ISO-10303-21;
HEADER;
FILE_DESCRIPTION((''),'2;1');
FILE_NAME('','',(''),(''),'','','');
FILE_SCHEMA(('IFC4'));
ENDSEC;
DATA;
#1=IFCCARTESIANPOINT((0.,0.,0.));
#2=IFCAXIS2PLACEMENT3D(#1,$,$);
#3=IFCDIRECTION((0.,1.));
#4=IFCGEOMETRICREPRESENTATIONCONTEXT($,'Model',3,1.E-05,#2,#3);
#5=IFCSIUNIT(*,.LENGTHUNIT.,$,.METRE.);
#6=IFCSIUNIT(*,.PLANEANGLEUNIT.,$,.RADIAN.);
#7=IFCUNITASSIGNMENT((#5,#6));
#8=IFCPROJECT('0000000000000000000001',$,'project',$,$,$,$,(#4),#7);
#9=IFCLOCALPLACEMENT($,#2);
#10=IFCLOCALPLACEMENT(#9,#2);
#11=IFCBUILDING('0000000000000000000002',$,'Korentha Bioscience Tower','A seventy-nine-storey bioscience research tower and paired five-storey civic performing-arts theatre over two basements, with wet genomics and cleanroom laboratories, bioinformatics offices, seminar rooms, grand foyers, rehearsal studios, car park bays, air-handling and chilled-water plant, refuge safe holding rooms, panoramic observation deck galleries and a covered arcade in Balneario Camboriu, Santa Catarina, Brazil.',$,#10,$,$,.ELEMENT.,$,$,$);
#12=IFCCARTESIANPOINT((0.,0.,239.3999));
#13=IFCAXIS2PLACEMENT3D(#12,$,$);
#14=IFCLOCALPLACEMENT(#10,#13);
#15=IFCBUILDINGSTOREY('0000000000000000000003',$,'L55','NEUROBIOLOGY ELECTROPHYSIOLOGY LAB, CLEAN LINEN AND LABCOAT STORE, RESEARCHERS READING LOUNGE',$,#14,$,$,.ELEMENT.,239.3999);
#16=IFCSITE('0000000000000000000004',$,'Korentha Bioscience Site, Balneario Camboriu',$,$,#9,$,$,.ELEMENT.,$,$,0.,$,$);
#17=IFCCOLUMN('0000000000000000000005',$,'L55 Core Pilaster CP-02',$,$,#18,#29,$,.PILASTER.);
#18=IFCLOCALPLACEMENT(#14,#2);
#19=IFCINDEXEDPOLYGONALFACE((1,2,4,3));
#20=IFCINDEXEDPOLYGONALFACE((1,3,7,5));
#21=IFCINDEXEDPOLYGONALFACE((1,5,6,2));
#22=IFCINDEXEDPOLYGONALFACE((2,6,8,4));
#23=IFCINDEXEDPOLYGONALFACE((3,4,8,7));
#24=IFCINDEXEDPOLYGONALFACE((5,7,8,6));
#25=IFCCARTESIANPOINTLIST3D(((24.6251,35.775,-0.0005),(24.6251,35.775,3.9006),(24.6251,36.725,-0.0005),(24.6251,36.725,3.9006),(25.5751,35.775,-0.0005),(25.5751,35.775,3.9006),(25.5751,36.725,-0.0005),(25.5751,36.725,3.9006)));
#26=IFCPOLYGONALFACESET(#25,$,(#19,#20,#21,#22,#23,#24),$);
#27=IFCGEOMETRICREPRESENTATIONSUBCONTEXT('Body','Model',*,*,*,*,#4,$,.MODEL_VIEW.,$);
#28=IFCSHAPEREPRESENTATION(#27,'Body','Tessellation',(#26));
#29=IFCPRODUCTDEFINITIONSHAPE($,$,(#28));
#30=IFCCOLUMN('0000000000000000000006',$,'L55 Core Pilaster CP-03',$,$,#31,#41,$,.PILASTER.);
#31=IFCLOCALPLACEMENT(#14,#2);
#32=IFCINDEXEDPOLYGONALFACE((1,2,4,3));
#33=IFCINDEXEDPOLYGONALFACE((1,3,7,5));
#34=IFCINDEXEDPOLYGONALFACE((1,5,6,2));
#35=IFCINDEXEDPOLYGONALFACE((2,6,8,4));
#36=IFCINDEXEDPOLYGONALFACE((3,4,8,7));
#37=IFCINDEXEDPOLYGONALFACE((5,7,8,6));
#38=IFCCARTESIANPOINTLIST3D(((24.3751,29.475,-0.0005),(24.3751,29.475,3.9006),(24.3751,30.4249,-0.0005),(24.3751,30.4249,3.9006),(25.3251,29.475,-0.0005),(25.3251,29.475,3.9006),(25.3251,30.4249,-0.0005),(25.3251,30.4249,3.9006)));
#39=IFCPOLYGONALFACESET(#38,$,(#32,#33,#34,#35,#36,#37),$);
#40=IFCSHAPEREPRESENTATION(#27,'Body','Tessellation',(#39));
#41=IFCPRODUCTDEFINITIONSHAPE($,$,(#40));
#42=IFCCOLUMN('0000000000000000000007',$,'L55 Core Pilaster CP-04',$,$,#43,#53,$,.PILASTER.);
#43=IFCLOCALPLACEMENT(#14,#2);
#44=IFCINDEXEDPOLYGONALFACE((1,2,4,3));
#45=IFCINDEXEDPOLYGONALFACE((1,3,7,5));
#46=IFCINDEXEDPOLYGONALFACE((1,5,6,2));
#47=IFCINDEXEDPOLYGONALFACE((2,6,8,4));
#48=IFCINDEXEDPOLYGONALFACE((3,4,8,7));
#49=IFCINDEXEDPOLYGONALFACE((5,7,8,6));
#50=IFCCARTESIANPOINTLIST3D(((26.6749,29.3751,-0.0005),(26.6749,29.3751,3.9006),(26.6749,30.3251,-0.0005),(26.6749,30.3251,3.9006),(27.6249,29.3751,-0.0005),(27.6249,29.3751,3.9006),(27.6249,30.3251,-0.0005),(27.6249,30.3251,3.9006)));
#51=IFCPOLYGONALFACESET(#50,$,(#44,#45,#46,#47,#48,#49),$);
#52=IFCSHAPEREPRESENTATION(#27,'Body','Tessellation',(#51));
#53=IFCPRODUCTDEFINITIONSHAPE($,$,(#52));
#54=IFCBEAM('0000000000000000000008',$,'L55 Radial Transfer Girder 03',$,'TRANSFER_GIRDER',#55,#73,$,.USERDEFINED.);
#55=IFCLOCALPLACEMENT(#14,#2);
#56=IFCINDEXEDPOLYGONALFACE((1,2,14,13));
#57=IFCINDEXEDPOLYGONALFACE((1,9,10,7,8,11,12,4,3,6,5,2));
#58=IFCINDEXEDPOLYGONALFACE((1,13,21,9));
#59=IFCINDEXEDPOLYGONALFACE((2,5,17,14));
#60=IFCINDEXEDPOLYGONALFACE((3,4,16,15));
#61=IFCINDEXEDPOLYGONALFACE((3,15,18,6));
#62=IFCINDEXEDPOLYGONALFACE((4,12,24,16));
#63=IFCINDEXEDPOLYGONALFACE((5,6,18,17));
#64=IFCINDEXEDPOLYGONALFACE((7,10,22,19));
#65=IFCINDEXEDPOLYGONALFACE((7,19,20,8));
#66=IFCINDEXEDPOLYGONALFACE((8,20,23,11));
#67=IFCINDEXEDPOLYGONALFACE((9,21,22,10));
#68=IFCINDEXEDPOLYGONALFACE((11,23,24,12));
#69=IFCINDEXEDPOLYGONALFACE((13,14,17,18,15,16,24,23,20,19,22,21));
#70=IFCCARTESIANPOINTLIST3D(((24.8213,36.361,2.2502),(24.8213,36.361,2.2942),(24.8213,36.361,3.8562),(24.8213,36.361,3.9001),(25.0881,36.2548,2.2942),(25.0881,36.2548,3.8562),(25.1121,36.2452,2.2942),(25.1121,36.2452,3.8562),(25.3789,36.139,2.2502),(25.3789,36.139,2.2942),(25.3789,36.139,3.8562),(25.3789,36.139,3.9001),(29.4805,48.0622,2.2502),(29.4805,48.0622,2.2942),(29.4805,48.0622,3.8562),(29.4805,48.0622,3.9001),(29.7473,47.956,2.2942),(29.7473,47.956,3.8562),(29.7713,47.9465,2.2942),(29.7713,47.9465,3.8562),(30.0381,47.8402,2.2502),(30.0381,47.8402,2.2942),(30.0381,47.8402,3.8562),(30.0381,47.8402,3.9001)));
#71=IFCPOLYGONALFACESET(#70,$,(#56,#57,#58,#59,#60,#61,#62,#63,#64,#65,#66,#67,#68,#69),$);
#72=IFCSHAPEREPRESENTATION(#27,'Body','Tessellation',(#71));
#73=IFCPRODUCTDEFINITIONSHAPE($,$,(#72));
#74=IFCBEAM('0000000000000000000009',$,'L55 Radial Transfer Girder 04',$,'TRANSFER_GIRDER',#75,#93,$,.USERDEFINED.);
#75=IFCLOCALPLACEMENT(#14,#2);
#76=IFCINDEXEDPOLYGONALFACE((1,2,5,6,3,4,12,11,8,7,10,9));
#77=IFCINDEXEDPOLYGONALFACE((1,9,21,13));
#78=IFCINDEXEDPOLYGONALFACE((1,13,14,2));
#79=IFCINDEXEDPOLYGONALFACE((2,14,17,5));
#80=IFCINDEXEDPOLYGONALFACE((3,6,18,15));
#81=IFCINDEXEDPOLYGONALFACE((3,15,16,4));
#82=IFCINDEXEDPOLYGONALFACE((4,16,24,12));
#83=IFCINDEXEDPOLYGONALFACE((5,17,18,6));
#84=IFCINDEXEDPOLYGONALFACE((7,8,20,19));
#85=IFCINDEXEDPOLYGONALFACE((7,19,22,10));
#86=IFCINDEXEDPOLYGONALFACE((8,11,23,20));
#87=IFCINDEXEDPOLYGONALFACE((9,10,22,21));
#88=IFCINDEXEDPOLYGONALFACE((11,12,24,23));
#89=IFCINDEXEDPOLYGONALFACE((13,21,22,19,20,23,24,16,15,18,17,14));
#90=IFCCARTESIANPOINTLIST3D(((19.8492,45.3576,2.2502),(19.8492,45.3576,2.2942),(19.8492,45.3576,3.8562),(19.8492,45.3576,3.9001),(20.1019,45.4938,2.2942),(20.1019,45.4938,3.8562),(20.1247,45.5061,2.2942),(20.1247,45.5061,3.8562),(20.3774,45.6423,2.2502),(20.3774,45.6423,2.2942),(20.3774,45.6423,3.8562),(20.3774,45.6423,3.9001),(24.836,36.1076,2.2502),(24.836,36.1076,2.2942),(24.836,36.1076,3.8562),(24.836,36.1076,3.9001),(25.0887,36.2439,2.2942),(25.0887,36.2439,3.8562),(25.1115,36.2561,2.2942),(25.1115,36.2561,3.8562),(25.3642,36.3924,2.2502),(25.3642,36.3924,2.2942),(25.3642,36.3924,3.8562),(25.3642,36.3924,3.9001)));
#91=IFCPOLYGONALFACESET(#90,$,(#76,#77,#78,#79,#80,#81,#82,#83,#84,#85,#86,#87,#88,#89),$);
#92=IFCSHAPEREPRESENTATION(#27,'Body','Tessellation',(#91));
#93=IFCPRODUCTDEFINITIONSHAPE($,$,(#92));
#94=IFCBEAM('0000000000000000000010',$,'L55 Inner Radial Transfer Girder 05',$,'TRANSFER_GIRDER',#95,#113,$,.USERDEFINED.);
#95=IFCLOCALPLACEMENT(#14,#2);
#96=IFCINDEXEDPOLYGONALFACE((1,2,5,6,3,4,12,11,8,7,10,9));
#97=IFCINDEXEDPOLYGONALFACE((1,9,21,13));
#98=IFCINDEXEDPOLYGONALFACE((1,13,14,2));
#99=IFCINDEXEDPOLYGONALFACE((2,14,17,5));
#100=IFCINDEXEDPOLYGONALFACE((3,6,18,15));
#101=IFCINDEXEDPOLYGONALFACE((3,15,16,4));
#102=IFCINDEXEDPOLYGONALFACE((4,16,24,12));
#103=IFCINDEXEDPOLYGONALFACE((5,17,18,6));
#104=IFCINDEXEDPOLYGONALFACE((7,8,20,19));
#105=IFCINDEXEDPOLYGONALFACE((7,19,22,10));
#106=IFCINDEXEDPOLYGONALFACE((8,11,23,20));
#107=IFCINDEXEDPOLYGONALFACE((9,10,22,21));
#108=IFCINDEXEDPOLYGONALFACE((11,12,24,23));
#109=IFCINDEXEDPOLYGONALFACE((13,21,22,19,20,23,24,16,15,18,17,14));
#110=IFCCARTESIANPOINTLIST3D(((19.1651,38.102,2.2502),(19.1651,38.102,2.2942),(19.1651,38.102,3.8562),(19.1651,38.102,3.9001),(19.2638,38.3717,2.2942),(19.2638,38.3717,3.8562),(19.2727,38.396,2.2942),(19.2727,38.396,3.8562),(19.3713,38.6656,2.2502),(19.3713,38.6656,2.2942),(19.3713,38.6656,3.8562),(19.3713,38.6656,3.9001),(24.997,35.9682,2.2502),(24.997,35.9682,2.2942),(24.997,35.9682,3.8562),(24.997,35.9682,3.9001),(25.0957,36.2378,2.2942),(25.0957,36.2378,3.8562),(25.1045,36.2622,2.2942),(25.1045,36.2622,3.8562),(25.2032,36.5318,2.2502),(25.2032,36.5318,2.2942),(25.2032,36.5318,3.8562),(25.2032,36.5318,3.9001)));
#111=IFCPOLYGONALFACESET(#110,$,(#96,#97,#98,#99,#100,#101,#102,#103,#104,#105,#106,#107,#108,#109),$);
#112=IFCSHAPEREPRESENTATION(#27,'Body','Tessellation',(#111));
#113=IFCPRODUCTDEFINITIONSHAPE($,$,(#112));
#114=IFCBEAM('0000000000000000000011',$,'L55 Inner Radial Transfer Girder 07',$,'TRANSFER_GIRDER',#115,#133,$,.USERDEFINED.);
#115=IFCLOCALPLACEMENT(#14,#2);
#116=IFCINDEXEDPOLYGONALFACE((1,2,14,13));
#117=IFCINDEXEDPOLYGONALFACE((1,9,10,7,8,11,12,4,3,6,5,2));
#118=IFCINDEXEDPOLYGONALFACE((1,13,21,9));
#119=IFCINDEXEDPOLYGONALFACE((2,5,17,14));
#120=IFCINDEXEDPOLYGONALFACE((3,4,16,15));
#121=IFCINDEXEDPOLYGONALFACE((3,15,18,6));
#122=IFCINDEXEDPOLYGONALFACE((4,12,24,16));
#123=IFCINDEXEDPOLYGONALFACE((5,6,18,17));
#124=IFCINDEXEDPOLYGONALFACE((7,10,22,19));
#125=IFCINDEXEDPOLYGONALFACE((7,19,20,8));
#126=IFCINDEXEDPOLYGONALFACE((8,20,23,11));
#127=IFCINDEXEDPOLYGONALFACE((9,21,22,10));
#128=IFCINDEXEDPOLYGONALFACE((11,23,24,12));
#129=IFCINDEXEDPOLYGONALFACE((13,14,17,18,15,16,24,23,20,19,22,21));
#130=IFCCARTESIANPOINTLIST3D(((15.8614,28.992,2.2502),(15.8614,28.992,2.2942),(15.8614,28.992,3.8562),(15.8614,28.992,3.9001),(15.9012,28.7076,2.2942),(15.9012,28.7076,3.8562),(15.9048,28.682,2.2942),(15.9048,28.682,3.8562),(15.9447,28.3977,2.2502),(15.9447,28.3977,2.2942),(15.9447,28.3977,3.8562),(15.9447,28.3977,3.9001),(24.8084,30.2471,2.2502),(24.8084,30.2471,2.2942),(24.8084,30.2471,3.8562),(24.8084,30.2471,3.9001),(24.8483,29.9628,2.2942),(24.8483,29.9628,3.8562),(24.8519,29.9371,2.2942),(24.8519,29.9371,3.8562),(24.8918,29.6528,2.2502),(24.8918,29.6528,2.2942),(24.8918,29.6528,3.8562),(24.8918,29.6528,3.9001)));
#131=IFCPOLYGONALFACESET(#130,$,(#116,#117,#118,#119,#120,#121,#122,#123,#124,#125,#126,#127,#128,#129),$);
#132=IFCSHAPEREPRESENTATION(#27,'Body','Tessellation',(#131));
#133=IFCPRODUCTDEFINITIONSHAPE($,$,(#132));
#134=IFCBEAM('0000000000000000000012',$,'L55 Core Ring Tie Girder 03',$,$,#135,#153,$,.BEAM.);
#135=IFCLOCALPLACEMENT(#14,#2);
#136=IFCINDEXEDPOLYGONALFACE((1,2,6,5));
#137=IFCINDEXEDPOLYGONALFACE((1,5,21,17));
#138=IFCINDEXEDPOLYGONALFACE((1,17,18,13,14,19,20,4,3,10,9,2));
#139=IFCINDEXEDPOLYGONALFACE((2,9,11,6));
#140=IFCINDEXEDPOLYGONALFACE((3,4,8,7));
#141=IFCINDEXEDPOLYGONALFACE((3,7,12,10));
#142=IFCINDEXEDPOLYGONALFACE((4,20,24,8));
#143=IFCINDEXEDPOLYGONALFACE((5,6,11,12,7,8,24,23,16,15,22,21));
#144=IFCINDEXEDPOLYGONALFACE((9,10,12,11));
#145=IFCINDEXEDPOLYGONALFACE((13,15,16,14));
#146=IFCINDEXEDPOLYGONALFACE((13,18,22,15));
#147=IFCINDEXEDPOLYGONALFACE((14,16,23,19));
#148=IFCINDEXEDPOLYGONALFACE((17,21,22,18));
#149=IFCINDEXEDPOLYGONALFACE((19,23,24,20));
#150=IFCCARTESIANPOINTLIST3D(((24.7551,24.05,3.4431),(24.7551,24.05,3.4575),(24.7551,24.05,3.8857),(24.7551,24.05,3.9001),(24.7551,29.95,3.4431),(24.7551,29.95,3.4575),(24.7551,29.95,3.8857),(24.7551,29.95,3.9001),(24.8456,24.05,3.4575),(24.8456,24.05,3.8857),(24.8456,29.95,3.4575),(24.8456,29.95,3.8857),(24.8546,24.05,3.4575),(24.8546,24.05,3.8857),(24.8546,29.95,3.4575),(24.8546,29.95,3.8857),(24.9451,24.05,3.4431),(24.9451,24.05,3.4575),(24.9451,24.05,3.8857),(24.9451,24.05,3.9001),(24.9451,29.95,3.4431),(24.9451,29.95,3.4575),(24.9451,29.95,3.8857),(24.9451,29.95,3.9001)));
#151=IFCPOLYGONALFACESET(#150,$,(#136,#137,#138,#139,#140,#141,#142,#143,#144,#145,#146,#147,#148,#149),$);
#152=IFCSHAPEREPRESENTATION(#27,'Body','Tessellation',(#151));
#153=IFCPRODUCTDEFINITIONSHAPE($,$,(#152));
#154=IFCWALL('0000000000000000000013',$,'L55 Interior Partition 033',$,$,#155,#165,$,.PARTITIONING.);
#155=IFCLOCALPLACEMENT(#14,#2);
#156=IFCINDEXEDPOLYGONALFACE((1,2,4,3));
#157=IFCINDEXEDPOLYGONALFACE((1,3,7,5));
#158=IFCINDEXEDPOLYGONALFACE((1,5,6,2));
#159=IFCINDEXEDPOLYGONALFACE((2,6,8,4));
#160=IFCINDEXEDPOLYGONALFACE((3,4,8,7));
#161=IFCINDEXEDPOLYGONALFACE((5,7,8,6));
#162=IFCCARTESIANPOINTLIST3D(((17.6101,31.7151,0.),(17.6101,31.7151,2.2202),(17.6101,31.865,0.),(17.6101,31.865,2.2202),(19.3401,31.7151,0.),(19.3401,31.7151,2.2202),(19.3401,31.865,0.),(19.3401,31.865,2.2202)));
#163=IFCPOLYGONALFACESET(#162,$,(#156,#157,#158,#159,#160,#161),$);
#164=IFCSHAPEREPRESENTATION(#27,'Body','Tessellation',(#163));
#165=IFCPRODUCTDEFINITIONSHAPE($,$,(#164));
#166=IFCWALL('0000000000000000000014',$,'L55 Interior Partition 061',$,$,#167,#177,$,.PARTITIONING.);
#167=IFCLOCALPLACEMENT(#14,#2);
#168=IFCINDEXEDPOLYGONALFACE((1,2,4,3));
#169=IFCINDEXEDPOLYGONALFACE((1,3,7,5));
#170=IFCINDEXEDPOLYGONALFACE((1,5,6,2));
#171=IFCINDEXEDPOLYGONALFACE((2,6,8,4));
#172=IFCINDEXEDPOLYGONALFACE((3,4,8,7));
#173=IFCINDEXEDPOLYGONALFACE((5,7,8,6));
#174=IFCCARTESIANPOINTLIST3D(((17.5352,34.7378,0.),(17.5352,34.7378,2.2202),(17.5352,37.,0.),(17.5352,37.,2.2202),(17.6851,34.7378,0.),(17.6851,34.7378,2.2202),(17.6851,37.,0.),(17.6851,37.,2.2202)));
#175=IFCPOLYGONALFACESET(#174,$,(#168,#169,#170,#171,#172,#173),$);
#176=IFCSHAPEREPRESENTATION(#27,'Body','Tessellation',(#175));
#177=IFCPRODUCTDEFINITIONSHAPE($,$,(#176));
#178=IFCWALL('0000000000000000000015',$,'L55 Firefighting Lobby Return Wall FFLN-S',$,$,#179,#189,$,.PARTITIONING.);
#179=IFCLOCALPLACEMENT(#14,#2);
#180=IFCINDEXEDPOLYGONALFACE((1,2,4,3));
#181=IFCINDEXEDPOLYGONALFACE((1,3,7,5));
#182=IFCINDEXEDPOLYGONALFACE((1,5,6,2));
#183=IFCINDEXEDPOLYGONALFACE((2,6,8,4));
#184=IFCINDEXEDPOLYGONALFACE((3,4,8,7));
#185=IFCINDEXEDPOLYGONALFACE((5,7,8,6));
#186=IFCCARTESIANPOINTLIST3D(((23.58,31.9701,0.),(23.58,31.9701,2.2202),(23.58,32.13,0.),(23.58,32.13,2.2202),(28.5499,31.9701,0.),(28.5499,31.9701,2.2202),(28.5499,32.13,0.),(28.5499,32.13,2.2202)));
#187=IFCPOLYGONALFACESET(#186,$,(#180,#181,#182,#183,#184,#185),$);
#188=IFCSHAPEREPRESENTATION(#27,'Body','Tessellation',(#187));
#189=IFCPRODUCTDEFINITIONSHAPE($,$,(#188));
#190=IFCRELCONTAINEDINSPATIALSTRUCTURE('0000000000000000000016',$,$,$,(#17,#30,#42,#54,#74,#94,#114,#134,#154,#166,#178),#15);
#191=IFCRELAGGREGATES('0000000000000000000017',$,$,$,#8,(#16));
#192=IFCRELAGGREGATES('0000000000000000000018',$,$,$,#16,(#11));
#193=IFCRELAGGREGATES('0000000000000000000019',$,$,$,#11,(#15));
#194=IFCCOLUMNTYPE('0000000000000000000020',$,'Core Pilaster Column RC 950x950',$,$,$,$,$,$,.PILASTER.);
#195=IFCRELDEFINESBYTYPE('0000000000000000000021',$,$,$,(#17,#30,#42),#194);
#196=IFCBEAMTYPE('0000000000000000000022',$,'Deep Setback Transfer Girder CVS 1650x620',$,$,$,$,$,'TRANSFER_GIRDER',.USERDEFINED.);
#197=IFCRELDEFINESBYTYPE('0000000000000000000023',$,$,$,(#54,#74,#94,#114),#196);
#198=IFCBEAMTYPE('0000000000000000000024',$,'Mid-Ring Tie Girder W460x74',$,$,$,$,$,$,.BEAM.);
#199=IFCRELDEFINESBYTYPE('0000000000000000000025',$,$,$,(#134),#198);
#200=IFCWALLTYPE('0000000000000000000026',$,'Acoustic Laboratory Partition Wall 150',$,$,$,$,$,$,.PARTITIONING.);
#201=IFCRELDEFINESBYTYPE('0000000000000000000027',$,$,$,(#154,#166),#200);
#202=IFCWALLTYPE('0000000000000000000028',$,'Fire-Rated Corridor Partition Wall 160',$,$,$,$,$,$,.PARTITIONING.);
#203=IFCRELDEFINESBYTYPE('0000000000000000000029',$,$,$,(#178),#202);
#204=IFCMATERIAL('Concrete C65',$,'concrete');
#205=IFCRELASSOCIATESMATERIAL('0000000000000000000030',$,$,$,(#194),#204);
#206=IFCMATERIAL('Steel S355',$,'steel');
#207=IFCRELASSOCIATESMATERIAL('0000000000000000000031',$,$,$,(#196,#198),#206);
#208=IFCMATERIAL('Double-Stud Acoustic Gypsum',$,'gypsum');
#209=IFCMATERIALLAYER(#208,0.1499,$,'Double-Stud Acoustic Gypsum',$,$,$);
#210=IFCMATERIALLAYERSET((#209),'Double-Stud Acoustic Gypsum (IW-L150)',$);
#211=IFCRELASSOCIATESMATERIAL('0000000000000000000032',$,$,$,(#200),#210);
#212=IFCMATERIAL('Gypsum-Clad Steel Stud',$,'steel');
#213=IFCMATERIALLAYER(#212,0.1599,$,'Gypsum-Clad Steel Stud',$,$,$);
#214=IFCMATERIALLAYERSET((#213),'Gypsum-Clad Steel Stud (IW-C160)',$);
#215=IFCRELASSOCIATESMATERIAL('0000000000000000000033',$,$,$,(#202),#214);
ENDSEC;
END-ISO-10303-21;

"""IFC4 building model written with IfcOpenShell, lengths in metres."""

from ifc_helpers import new_model, si_unit, direction, frame, frame_2d, origin, origin_2d, place, context, subcontext, project, spatial, rectangle, i_section, extrude, material, layer, layer_set, material_profile, profile_set, type_object, element, save


model = new_model("IFC4")

# Units and contexts
model_context = context("Model", 3, precision=1e-05, world=origin(), true_north=direction((0.0, 1.0)))
body_context = subcontext(model_context, "Body", "Model", "MODEL_VIEW")
ifc_project = project(units=[si_unit("LENGTHUNIT", "METRE"), si_unit("PLANEANGLEUNIT", "RADIAN")], contexts=[model_context])

# Site, building, storey
site_placement = place(None, origin())
site = spatial("IfcSite", under=ifc_project, at=site_placement, Name="Korentha Bioscience Site, Balneario Camboriu", CompositionType="ELEMENT", RefElevation=0.0)
building_placement = place(site_placement, origin())
building = spatial("IfcBuilding", under=site, at=building_placement, Name="Korentha Bioscience Tower", Description="A seventy-nine-storey bioscience research tower and paired five-storey civic performing-arts theatre over two basements, with wet genomics and cleanroom laboratories, bioinformatics offices, seminar rooms, grand foyers, rehearsal studios, car park bays, air-handling and chilled-water plant, refuge safe holding rooms, panoramic observation deck galleries and a covered arcade in Balneario Camboriu, Santa Catarina, Brazil.", CompositionType="ELEMENT")
storey_placement = place(building_placement, frame((0.0, 0.0, 239.3999)))
storey = spatial("IfcBuildingStorey", under=building, at=storey_placement, Name="L55", Description="NEUROBIOLOGY ELECTROPHYSIOLOGY LAB, CLEAN LINEN AND LABCOAT STORE, RESEARCHERS READING LOUNGE", CompositionType="ELEMENT", Elevation=239.3999)

# Columns
ifc_material_1 = material(Name="Concrete C65", Category="concrete")
ifc_material_profile_1 = material_profile(ifc_material_1, rectangle(XDim=0.95, YDim=0.95, at=origin_2d()), Name="Concrete C65")
ifc_profile_set_1 = profile_set([ifc_material_profile_1], Name="Concrete C65 (COL-CP09)")
column_type = type_object("IfcColumnType", Name="Core Pilaster Column RC 950x950", PredefinedType="PILASTER", material=ifc_profile_set_1)
for number, where, z_axis, x_axis, name in (
    (1, (25.1001, 36.25, -0.0005), (0.0, 0.0, 1.0), (1.0, 0.0, 0.0), "L55 Core Pilaster CP-02"),
    (2, (24.8501, 29.95, -0.0005), (0.0, 0.0, 1.0), (1.0, 0.0, 0.0), "L55 Core Pilaster CP-03"),
    (3, (27.1499, 29.8501, -0.0005), (0.0, 0.0, 1.0), (1.0, 0.0, 0.0), "L55 Core Pilaster CP-04"),
):
    element("IfcColumn", number, at=place(storey_placement, frame(where, z_axis=z_axis, x_axis=x_axis)), inside=storey, type_object=column_type, Name=name, PredefinedType="PILASTER", context=body_context, shape_type="SweptSolid", body=[
        extrude(rectangle(XDim=0.95, YDim=0.95, at=origin_2d()), origin(), (0.0, 0.0, 1.0), 3.9011),
    ])

# Beams
ifc_material_2 = material(Name="Steel S355", Category="steel")
ifc_material_profile_2 = material_profile(ifc_material_2, i_section(OverallWidth=0.6001, OverallDepth=1.6499, WebThickness=0.0259, FlangeThickness=0.0439, at=origin_2d()), Name="Steel S355")
ifc_profile_set_2 = profile_set([ifc_material_profile_2], Name="Steel S355 (TG-04)")
beam_type_1 = type_object("IfcBeamType", Name="Deep Setback Transfer Girder CVS 1650x620", ElementType="TRANSFER_GIRDER", PredefinedType="USERDEFINED", material=ifc_profile_set_2)
beam_1_placement = place(storey_placement, frame((25.1001, 36.25, 3.0752), z_axis=(0.369933, 0.929058, 0.0), x_axis=(-0.929058, 0.369933, 0.0)))
element("IfcBeam", 4, at=beam_1_placement, inside=storey, type_object=beam_type_1, Name="L55 Radial Transfer Girder 03", ObjectType="TRANSFER_GIRDER", PredefinedType="USERDEFINED", context=body_context, shape_type="SweptSolid", body=[
    extrude(i_section(OverallWidth=0.6001, OverallDepth=1.6499, WebThickness=0.0259, FlangeThickness=0.0439, at=origin_2d()), origin(), (0.0, 0.0, 1.0), 12.5947),
])
beam_2_placement = place(storey_placement, frame((25.1001, 36.25, 3.0752), z_axis=(-0.474546, 0.880231, 0.0), x_axis=(-0.880231, -0.474546, 0.0)))
element("IfcBeam", 5, at=beam_2_placement, inside=storey, type_object=beam_type_1, Name="L55 Radial Transfer Girder 04", ObjectType="TRANSFER_GIRDER", PredefinedType="USERDEFINED", context=body_context, shape_type="SweptSolid", body=[
    extrude(i_section(OverallWidth=0.6001, OverallDepth=1.6499, WebThickness=0.0259, FlangeThickness=0.0439, at=origin_2d()), origin(), (0.0, 0.0, 1.0), 10.5085),
])
beam_3_placement = place(storey_placement, frame((25.1001, 36.25, 3.0752), z_axis=(-0.939112, 0.343611, 0.0), x_axis=(-0.343611, -0.939112, 0.0)))
element("IfcBeam", 6, at=beam_3_placement, inside=storey, type_object=beam_type_1, Name="L55 Inner Radial Transfer Girder 05", ObjectType="TRANSFER_GIRDER", PredefinedType="USERDEFINED", context=body_context, shape_type="SweptSolid", body=[
    extrude(i_section(OverallWidth=0.6001, OverallDepth=1.6499, WebThickness=0.0259, FlangeThickness=0.0439, at=origin_2d()), origin(), (0.0, 0.0, 1.0), 6.21),
])
beam_4_placement = place(storey_placement, frame((24.8501, 29.95, 3.0752), z_axis=(-0.990303, -0.138924, 0.0), x_axis=(0.138924, -0.990303, 0.0)))
element("IfcBeam", 7, at=beam_4_placement, inside=storey, type_object=beam_type_1, Name="L55 Inner Radial Transfer Girder 07", ObjectType="TRANSFER_GIRDER", PredefinedType="USERDEFINED", context=body_context, shape_type="SweptSolid", body=[
    extrude(i_section(OverallWidth=0.6001, OverallDepth=1.6499, WebThickness=0.0259, FlangeThickness=0.0439, at=origin_2d()), origin(), (0.0, 0.0, 1.0), 9.0347),
])
ifc_material_profile_3 = material_profile(ifc_material_2, i_section(OverallWidth=0.1899, OverallDepth=0.457, WebThickness=0.009, FlangeThickness=0.0144, at=origin_2d()), Name="Steel S355")
ifc_profile_set_3 = profile_set([ifc_material_profile_3], Name="Steel S355 (MB-460)")
beam_type_2 = type_object("IfcBeamType", Name="Mid-Ring Tie Girder W460x74", PredefinedType="BEAM", material=ifc_profile_set_3)
beam_5_placement = place(storey_placement, frame((24.8501, 29.95, 3.6716), z_axis=(0.0, -1.0, 0.0), x_axis=(1.0, 0.0, 0.0)))
element("IfcBeam", 8, at=beam_5_placement, inside=storey, type_object=beam_type_2, Name="L55 Core Ring Tie Girder 03", PredefinedType="BEAM", context=body_context, shape_type="SweptSolid", body=[
    extrude(i_section(OverallWidth=0.1899, OverallDepth=0.457, WebThickness=0.009, FlangeThickness=0.0144, at=origin_2d()), origin(), (0.0, 0.0, 1.0), 5.8999),
])

# Shared definitions
ifc_material_3 = material(Name="Double-Stud Acoustic Gypsum", Category="gypsum")
ifc_layer_1 = layer(ifc_material_3, 0.1499, Name="Double-Stud Acoustic Gypsum")
ifc_layer_set_1 = layer_set([ifc_layer_1], Name="Double-Stud Acoustic Gypsum (IW-L150)")
wall_type_1 = type_object("IfcWallType", Name="Acoustic Laboratory Partition Wall 150", PredefinedType="PARTITIONING", material=ifc_layer_set_1)

# Walls
wall_1_placement = place(storey_placement, frame((17.6101, 31.79, 0.0), z_axis=(0.0, 0.0, 1.0), x_axis=(1.0, 0.0, 0.0)))
element("IfcWall", 9, at=wall_1_placement, inside=storey, type_object=wall_type_1, Name="L55 Interior Partition 033", PredefinedType="PARTITIONING", context=body_context, shape_type="SweptSolid", body=[
    extrude(rectangle(XDim=1.73, YDim=0.1499, at=frame_2d((0.865, 0.0))), origin(), (0.0, 0.0, 1.0), 2.2202),
])
wall_2_placement = place(storey_placement, frame((17.6101, 34.7378, 0.0), z_axis=(0.0, 0.0, 1.0), x_axis=(0.0, 1.0, 0.0)))
element("IfcWall", 10, at=wall_2_placement, inside=storey, type_object=wall_type_1, Name="L55 Interior Partition 061", PredefinedType="PARTITIONING", context=body_context, shape_type="SweptSolid", body=[
    extrude(rectangle(XDim=2.2622, YDim=0.1499, at=frame_2d((1.1311, 0.0))), origin(), (0.0, 0.0, 1.0), 2.2202),
])

# Shared definitions
ifc_material_4 = material(Name="Gypsum-Clad Steel Stud", Category="steel")
ifc_layer_2 = layer(ifc_material_4, 0.1599, Name="Gypsum-Clad Steel Stud")
ifc_layer_set_2 = layer_set([ifc_layer_2], Name="Gypsum-Clad Steel Stud (IW-C160)")
wall_type_2 = type_object("IfcWallType", Name="Fire-Rated Corridor Partition Wall 160", PredefinedType="PARTITIONING", material=ifc_layer_set_2)

# Wall
wall_3_placement = place(storey_placement, frame((23.5801, 32.05, 0.0), z_axis=(0.0, 0.0, 1.0), x_axis=(1.0, 0.0, 0.0)))
element("IfcWall", 11, at=wall_3_placement, inside=storey, type_object=wall_type_2, Name="L55 Firefighting Lobby Return Wall FFLN-S", PredefinedType="PARTITIONING", context=body_context, shape_type="SweptSolid", body=[
    extrude(rectangle(XDim=4.97, YDim=0.1599, at=frame_2d((2.4849, 0.0))), origin(), (0.0, 0.0, 1.0), 2.2202),
])

save(model, "model.ifc")
